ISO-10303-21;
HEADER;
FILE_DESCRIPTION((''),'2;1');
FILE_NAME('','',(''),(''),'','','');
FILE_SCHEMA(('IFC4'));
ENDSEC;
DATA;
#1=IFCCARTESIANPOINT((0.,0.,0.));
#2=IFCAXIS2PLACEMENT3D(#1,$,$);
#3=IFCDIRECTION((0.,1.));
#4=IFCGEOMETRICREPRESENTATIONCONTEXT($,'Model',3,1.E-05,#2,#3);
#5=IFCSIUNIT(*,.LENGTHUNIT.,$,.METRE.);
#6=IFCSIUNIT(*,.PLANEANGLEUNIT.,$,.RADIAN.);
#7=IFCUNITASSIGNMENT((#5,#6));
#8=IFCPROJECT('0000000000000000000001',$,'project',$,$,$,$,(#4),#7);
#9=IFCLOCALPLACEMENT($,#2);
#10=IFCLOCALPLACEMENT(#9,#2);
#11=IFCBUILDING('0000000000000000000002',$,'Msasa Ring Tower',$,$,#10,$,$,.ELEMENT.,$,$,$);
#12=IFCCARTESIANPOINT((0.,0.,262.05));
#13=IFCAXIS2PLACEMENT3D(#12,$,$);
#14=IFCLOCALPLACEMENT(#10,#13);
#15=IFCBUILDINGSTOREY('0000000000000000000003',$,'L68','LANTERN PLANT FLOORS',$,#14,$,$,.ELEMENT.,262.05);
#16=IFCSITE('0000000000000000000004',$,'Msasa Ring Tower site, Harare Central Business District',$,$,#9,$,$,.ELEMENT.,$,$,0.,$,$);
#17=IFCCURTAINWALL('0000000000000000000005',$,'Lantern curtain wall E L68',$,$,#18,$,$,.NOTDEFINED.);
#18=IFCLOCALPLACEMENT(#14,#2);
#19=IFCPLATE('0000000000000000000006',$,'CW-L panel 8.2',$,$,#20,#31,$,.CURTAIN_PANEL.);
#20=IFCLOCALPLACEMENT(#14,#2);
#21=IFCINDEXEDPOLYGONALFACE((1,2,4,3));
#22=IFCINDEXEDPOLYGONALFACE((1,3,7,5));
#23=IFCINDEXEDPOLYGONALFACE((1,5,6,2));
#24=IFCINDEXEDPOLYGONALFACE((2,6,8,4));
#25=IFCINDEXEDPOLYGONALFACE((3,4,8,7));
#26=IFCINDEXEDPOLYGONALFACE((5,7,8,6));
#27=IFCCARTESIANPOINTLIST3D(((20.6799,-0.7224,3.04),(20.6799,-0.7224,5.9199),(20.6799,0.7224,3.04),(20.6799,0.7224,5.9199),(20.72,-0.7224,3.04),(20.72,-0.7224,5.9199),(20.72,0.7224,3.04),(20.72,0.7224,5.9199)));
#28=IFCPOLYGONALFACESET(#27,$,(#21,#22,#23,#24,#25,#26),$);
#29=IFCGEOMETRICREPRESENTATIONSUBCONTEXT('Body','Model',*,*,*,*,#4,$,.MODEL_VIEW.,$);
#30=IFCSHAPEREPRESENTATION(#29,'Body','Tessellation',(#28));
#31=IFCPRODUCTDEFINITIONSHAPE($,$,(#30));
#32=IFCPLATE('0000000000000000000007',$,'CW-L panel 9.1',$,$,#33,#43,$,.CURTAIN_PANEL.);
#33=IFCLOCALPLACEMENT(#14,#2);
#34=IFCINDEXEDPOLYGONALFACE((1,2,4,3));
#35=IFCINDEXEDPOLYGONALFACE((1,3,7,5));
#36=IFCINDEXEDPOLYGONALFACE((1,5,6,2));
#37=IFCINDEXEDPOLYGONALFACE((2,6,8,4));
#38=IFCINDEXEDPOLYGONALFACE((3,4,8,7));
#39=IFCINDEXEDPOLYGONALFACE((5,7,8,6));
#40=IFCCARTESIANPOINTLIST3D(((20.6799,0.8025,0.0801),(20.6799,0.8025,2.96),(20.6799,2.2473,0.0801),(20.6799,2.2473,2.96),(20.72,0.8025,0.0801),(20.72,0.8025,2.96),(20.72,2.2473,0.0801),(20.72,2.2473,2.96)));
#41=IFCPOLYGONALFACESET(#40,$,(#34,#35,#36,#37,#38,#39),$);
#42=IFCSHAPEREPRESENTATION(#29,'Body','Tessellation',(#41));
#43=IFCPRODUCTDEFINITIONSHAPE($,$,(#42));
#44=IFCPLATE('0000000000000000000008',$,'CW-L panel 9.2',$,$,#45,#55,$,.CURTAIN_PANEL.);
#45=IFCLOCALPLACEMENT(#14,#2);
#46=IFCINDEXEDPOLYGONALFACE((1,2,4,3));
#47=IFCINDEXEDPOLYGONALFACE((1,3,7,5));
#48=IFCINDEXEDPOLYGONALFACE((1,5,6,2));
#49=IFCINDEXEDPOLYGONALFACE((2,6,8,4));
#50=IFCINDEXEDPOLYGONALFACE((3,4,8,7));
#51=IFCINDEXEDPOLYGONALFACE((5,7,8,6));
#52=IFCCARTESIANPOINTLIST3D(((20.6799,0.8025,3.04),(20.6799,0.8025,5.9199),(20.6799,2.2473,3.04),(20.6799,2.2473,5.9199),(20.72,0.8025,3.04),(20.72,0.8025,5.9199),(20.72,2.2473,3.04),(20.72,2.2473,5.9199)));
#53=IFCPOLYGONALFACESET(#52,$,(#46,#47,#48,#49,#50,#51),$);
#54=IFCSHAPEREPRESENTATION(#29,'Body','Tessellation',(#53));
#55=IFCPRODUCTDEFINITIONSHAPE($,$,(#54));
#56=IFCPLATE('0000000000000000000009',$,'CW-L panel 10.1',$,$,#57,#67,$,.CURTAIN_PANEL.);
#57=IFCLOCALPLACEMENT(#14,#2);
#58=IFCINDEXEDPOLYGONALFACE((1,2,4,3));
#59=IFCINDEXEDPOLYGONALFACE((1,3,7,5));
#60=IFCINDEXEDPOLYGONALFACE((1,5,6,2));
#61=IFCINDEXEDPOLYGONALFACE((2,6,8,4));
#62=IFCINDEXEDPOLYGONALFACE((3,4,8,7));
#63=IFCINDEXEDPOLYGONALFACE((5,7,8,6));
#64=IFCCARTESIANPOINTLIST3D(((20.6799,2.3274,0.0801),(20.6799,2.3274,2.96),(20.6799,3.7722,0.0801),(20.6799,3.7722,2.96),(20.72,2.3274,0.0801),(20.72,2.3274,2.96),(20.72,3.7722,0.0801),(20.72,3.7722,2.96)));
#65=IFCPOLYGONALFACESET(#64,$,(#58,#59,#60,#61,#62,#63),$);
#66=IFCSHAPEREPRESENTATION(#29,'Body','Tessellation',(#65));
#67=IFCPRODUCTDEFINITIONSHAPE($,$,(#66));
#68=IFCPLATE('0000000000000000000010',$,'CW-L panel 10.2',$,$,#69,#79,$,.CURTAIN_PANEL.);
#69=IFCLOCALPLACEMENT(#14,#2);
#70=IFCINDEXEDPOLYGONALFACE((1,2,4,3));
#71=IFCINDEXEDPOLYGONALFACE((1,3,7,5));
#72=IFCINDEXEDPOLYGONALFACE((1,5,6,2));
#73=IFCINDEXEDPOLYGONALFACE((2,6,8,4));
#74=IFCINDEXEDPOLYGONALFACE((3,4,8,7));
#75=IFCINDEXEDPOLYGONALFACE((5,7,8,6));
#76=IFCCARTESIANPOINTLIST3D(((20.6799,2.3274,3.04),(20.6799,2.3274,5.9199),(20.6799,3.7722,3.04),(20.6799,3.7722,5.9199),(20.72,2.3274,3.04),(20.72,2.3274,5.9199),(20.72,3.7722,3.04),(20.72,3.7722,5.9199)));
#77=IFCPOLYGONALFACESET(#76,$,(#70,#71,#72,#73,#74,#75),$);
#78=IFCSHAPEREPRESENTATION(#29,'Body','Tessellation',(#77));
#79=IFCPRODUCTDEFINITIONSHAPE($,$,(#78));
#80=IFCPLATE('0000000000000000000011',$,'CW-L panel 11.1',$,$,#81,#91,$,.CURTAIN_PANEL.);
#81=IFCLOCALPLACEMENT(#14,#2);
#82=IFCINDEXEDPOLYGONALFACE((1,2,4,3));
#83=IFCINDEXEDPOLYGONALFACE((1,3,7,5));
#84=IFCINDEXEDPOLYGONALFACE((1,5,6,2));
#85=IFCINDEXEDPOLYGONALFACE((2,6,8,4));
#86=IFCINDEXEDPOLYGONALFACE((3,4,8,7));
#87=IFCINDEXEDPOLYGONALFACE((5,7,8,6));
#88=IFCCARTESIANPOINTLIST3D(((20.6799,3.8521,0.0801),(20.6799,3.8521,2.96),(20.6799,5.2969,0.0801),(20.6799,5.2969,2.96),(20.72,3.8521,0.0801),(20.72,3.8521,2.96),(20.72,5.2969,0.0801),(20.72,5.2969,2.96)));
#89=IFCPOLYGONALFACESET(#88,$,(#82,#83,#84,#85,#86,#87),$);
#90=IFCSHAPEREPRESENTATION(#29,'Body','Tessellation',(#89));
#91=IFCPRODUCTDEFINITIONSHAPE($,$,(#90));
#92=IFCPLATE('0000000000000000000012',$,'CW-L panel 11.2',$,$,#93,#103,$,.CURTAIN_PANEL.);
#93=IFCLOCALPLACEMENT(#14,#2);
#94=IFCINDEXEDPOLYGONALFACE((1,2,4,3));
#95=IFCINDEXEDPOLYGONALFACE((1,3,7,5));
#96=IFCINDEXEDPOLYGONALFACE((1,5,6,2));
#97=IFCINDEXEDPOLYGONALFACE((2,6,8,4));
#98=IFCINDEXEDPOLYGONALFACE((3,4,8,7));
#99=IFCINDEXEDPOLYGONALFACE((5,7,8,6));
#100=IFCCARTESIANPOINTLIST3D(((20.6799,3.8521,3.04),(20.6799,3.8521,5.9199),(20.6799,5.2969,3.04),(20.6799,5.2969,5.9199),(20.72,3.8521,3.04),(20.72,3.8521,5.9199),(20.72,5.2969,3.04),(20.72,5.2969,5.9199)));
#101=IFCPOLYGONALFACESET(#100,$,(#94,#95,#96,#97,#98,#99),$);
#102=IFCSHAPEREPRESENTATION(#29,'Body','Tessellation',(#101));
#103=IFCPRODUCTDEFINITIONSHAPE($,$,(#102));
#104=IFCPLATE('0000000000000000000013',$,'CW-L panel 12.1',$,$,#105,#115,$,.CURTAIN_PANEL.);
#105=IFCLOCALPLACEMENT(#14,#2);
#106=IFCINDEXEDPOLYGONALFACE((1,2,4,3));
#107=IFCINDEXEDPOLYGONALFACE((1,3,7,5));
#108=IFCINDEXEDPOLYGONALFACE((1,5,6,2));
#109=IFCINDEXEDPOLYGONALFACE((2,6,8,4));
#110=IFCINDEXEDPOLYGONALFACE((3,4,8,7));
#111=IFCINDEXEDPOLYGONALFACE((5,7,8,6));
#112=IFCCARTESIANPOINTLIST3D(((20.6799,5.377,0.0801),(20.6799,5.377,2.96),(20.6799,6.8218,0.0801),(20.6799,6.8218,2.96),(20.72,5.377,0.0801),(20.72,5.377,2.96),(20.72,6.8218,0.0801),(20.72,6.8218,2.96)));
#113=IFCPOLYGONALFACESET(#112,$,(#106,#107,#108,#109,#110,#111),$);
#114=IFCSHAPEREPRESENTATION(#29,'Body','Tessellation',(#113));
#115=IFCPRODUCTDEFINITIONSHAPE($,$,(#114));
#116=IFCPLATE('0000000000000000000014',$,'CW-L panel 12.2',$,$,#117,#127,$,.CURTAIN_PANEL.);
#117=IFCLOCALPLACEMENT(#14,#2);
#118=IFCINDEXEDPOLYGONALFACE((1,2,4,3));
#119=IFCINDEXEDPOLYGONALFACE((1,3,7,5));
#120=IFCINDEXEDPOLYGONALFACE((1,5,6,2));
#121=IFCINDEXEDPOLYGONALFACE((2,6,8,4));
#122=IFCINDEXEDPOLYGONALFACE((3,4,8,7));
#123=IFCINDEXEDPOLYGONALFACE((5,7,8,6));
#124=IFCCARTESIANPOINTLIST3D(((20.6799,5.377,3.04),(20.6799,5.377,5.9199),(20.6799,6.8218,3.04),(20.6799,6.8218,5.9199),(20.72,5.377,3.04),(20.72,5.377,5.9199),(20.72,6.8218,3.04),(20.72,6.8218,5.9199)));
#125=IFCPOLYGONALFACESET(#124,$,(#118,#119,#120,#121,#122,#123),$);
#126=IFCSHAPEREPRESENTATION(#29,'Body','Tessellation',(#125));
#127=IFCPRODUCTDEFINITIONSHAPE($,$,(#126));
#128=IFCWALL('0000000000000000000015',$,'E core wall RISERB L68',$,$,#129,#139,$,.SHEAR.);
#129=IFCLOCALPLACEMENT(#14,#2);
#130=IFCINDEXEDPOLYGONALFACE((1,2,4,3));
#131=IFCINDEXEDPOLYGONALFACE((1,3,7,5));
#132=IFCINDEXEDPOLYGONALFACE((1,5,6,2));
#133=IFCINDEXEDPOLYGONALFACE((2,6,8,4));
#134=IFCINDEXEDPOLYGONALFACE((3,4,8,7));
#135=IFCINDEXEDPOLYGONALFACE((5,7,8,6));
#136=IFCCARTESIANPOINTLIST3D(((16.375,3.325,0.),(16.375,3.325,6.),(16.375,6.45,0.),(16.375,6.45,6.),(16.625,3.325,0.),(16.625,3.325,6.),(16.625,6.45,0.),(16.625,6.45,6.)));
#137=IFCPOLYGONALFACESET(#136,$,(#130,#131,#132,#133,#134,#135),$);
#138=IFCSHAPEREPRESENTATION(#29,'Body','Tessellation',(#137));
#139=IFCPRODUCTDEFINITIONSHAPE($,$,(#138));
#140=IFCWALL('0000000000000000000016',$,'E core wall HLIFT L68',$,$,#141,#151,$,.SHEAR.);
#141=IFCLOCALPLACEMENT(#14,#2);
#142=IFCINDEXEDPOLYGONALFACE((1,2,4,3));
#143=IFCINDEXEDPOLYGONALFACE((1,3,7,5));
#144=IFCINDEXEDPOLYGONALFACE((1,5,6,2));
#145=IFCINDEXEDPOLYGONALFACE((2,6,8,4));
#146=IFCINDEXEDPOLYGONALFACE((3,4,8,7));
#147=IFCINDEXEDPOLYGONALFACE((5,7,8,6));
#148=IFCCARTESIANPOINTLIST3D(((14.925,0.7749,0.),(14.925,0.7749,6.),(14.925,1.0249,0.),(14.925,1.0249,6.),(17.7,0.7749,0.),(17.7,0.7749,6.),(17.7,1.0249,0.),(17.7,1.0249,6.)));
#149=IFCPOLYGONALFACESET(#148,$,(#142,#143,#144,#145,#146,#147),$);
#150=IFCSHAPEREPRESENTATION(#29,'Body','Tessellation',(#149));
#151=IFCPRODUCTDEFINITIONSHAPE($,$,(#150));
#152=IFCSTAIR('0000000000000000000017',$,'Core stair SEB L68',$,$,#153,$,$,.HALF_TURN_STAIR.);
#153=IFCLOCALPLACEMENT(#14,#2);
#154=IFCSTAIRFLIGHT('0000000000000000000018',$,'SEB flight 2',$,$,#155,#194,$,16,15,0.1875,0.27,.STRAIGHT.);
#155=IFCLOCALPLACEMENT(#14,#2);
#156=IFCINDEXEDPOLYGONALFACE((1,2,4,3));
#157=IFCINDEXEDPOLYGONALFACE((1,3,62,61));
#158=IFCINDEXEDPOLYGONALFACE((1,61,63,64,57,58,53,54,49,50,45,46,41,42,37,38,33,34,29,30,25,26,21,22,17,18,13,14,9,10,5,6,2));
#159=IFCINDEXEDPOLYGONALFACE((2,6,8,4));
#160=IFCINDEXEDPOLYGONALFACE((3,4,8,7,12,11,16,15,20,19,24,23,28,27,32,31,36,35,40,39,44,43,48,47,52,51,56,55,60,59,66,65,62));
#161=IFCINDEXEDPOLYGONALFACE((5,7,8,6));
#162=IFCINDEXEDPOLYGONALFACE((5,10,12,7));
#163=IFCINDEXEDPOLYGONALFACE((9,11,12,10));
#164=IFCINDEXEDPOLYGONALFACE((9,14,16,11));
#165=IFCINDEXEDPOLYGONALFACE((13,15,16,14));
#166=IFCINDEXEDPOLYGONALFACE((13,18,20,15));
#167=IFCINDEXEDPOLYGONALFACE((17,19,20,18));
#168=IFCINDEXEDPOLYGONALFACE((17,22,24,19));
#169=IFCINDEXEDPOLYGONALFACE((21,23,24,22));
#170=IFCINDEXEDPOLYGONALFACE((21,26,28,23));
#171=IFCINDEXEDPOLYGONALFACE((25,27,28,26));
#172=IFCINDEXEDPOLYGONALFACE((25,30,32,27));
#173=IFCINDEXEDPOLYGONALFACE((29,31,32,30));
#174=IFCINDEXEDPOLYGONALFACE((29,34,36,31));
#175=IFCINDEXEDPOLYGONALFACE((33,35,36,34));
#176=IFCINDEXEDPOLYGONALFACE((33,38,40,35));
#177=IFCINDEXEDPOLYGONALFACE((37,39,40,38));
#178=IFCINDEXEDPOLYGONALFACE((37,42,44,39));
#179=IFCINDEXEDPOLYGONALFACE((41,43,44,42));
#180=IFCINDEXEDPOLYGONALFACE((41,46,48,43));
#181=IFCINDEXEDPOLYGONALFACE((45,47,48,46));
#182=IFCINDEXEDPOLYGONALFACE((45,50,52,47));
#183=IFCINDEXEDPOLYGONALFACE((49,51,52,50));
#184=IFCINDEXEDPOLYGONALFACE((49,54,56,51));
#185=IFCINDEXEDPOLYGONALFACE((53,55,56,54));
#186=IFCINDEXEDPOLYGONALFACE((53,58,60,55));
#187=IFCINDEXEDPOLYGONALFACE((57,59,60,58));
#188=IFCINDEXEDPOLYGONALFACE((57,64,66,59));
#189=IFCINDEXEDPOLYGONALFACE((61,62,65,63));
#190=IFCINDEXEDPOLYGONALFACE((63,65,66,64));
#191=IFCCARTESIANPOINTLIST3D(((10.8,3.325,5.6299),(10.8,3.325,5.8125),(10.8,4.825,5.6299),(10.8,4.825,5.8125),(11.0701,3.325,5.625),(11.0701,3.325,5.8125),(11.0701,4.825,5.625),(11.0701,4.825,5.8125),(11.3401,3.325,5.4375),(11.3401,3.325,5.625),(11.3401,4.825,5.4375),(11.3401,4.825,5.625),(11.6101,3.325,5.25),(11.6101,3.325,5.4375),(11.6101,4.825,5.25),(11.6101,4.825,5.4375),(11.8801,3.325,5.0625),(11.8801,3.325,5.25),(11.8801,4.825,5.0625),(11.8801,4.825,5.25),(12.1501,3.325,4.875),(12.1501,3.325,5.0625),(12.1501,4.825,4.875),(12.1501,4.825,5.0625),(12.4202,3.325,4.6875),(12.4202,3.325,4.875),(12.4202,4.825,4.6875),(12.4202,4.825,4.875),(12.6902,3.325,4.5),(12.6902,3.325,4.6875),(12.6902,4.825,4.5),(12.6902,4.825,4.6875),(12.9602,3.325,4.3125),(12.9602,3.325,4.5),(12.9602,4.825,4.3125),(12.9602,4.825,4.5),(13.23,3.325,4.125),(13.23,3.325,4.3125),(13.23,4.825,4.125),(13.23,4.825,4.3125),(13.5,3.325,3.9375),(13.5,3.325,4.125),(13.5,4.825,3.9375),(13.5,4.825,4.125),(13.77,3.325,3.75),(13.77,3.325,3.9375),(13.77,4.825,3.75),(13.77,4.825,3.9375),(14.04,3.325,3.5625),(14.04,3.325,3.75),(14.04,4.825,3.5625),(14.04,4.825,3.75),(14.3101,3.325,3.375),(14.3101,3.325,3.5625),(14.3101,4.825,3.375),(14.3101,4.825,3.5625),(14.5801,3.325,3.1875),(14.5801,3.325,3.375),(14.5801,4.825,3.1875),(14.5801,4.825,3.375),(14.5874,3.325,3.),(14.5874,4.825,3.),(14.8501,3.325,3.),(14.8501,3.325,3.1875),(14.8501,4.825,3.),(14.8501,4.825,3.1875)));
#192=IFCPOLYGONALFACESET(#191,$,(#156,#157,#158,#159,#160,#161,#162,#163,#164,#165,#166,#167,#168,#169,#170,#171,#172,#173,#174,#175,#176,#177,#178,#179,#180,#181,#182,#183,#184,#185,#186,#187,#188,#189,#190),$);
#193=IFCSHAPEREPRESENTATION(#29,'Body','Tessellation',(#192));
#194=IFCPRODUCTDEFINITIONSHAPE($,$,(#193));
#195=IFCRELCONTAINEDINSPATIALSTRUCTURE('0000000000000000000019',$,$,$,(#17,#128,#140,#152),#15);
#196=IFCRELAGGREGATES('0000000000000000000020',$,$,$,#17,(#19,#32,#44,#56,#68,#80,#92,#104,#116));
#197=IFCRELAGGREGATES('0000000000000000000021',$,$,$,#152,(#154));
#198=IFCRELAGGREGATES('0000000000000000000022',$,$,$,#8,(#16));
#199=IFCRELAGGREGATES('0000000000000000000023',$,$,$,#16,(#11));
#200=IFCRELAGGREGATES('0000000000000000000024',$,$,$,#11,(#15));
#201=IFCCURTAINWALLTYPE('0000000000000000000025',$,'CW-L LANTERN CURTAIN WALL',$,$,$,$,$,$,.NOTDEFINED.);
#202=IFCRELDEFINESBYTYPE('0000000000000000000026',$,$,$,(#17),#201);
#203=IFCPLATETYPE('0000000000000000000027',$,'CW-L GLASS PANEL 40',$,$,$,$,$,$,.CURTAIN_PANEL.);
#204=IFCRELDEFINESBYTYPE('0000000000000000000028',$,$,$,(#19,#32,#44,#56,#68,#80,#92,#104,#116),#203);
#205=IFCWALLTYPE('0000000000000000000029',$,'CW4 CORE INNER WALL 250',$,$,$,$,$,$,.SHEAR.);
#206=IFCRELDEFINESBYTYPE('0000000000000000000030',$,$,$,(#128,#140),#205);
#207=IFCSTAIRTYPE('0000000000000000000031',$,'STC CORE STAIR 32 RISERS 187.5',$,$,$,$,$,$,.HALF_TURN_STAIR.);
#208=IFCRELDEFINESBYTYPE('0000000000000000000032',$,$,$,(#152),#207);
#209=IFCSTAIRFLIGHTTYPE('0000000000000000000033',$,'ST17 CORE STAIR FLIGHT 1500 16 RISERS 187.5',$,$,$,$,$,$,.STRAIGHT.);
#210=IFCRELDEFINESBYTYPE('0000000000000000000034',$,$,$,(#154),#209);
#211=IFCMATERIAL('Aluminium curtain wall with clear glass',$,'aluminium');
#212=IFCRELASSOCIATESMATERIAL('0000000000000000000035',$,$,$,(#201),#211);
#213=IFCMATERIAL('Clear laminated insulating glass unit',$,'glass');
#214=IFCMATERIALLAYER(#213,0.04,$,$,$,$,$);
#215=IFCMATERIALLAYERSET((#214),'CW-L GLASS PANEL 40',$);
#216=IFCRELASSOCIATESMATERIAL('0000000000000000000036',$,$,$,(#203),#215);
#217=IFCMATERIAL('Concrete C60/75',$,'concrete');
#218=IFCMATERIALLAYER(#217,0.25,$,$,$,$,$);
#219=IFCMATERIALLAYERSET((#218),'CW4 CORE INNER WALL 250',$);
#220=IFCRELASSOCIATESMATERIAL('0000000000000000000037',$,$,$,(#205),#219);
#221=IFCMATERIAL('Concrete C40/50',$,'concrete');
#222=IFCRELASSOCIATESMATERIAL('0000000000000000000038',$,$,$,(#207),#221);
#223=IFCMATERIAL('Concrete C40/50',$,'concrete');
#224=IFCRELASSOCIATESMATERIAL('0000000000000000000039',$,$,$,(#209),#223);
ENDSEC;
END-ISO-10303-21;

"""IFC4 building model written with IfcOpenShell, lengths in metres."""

from ifc_helpers import new_model, si_unit, direction, frame, frame_2d, origin, origin_2d, place, context, subcontext, project, spatial, polyline, rectangle, outline, extrude, material, layer, layer_set, type_object, element, aggregate, save


model = new_model("IFC4")

# Units and contexts
model_context = context("Model", 3, precision=1e-05, world=origin(), true_north=direction((0.0, 1.0)))
body_context = subcontext(model_context, "Body", "Model", "MODEL_VIEW")
ifc_project = project(units=[si_unit("LENGTHUNIT", "METRE"), si_unit("PLANEANGLEUNIT", "RADIAN")], contexts=[model_context])

# Site, building, storey
site_placement = place(None, origin())
site = spatial("IfcSite", under=ifc_project, at=site_placement, Name="Msasa Ring Tower site, Harare Central Business District", CompositionType="ELEMENT", RefElevation=0.0)
building_placement = place(site_placement, origin())
building = spatial("IfcBuilding", under=site, at=building_placement, Name="Msasa Ring Tower", CompositionType="ELEMENT")
storey_placement = place(building_placement, frame((0.0, 0.0, 262.05)))
storey = spatial("IfcBuildingStorey", under=building, at=storey_placement, Name="L68", Description="LANTERN PLANT FLOORS", CompositionType="ELEMENT", Elevation=262.05)

# Curtain wall
ifc_material_1 = material(Name="Aluminium curtain wall with clear glass", Category="aluminium")
curtain_wall_type = type_object("IfcCurtainWallType", Name="CW-L LANTERN CURTAIN WALL", PredefinedType="NOTDEFINED", material=ifc_material_1)
curtain_wall_placement = place(storey_placement, origin())
curtain_wall = element("IfcCurtainWall", 1, at=curtain_wall_placement, inside=storey, type_object=curtain_wall_type, Name="Lantern curtain wall E L68", PredefinedType="NOTDEFINED")

# Plates
ifc_material_2 = material(Name="Clear laminated insulating glass unit", Category="glass")
ifc_layer_1 = layer(ifc_material_2, 0.04)
ifc_layer_set_1 = layer_set([ifc_layer_1], Name="CW-L GLASS PANEL 40")
plate_type = type_object("IfcPlateType", Name="CW-L GLASS PANEL 40", PredefinedType="CURTAIN_PANEL", material=ifc_layer_set_1)
plate_1_placement = place(storey_placement, frame((20.7, 0.0, 3.04), z_axis=(0.0, 0.0, 1.0), x_axis=(0.0, 1.0, 0.0)))
plate_1 = element("IfcPlate", 2, at=plate_1_placement, type_object=plate_type, Name="CW-L panel 8.2", PredefinedType="CURTAIN_PANEL", context=body_context, shape_type="SweptSolid", body=[
    extrude(rectangle(XDim=1.4448, YDim=0.04, at=origin_2d()), origin(), (0.0, 0.0, 1.0), 2.8799),
])
plate_2_placement = place(storey_placement, frame((20.7, 1.5249, 0.0801), z_axis=(0.0, 0.0, 1.0), x_axis=(0.0, 1.0, 0.0)))
plate_2 = element("IfcPlate", 3, at=plate_2_placement, type_object=plate_type, Name="CW-L panel 9.1", PredefinedType="CURTAIN_PANEL", context=body_context, shape_type="SweptSolid", body=[
    extrude(rectangle(XDim=1.4448, YDim=0.04, at=origin_2d()), origin(), (0.0, 0.0, 1.0), 2.8799),
])
plate_3_placement = place(storey_placement, frame((20.7, 1.5249, 3.04), z_axis=(0.0, 0.0, 1.0), x_axis=(0.0, 1.0, 0.0)))
plate_3 = element("IfcPlate", 4, at=plate_3_placement, type_object=plate_type, Name="CW-L panel 9.2", PredefinedType="CURTAIN_PANEL", context=body_context, shape_type="SweptSolid", body=[
    extrude(rectangle(XDim=1.4448, YDim=0.04, at=origin_2d()), origin(), (0.0, 0.0, 1.0), 2.8799),
])
plate_4_placement = place(storey_placement, frame((20.7, 3.0498, 0.0801), z_axis=(0.0, 0.0, 1.0), x_axis=(0.0, 1.0, 0.0)))
plate_4 = element("IfcPlate", 5, at=plate_4_placement, type_object=plate_type, Name="CW-L panel 10.1", PredefinedType="CURTAIN_PANEL", context=body_context, shape_type="SweptSolid", body=[
    extrude(rectangle(XDim=1.4448, YDim=0.04, at=origin_2d()), origin(), (0.0, 0.0, 1.0), 2.8799),
])
plate_5_placement = place(storey_placement, frame((20.7, 3.0498, 3.04), z_axis=(0.0, 0.0, 1.0), x_axis=(0.0, 1.0, 0.0)))
plate_5 = element("IfcPlate", 6, at=plate_5_placement, type_object=plate_type, Name="CW-L panel 10.2", PredefinedType="CURTAIN_PANEL", context=body_context, shape_type="SweptSolid", body=[
    extrude(rectangle(XDim=1.4448, YDim=0.04, at=origin_2d()), origin(), (0.0, 0.0, 1.0), 2.8799),
])
plate_6_placement = place(storey_placement, frame((20.7, 4.5745, 0.0801), z_axis=(0.0, 0.0, 1.0), x_axis=(0.0, 1.0, 0.0)))
plate_6 = element("IfcPlate", 7, at=plate_6_placement, type_object=plate_type, Name="CW-L panel 11.1", PredefinedType="CURTAIN_PANEL", context=body_context, shape_type="SweptSolid", body=[
    extrude(rectangle(XDim=1.4448, YDim=0.04, at=origin_2d()), origin(), (0.0, 0.0, 1.0), 2.8799),
])
plate_7_placement = place(storey_placement, frame((20.7, 4.5745, 3.04), z_axis=(0.0, 0.0, 1.0), x_axis=(0.0, 1.0, 0.0)))
plate_7 = element("IfcPlate", 8, at=plate_7_placement, type_object=plate_type, Name="CW-L panel 11.2", PredefinedType="CURTAIN_PANEL", context=body_context, shape_type="SweptSolid", body=[
    extrude(rectangle(XDim=1.4448, YDim=0.04, at=origin_2d()), origin(), (0.0, 0.0, 1.0), 2.8799),
])
plate_8_placement = place(storey_placement, frame((20.7, 6.0994, 0.0801), z_axis=(0.0, 0.0, 1.0), x_axis=(0.0, 1.0, 0.0)))
plate_8 = element("IfcPlate", 9, at=plate_8_placement, type_object=plate_type, Name="CW-L panel 12.1", PredefinedType="CURTAIN_PANEL", context=body_context, shape_type="SweptSolid", body=[
    extrude(rectangle(XDim=1.4448, YDim=0.04, at=origin_2d()), origin(), (0.0, 0.0, 1.0), 2.8799),
])
plate_9_placement = place(storey_placement, frame((20.7, 6.0994, 3.04), z_axis=(0.0, 0.0, 1.0), x_axis=(0.0, 1.0, 0.0)))
plate_9 = element("IfcPlate", 10, at=plate_9_placement, type_object=plate_type, Name="CW-L panel 12.2", PredefinedType="CURTAIN_PANEL", context=body_context, shape_type="SweptSolid", body=[
    extrude(rectangle(XDim=1.4448, YDim=0.04, at=origin_2d()), origin(), (0.0, 0.0, 1.0), 2.8799),
])
aggregate(curtain_wall, [plate_1, plate_2, plate_3, plate_4, plate_5, plate_6, plate_7, plate_8, plate_9])

# Walls
ifc_material_3 = material(Name="Concrete C60/75", Category="concrete")
ifc_layer_2 = layer(ifc_material_3, 0.25)
ifc_layer_set_2 = layer_set([ifc_layer_2], Name="CW4 CORE INNER WALL 250")
wall_type = type_object("IfcWallType", Name="CW4 CORE INNER WALL 250", PredefinedType="SHEAR", material=ifc_layer_set_2)
wall_1_placement = place(storey_placement, frame((16.5, 3.325, 0.0), z_axis=(0.0, 0.0, 1.0), x_axis=(0.0, 1.0, 0.0)))
element("IfcWall", 11, at=wall_1_placement, inside=storey, type_object=wall_type, Name="E core wall RISERB L68", PredefinedType="SHEAR", context=body_context, shape_type="SweptSolid", body=[
    extrude(rectangle(XDim=3.125, YDim=0.25, at=frame_2d((1.5625, 0.0))), origin(), (0.0, 0.0, 1.0), 6.0),
])
wall_2_placement = place(storey_placement, frame((14.925, 0.8999, 0.0), z_axis=(0.0, 0.0, 1.0), x_axis=(1.0, 0.0, 0.0)))
element("IfcWall", 12, at=wall_2_placement, inside=storey, type_object=wall_type, Name="E core wall HLIFT L68", PredefinedType="SHEAR", context=body_context, shape_type="SweptSolid", body=[
    extrude(rectangle(XDim=2.7749, YDim=0.25, at=frame_2d((1.3875, 0.0))), origin(), (0.0, 0.0, 1.0), 6.0),
])

# Stair, stair flight
ifc_material_4 = material(Name="Concrete C40/50", Category="concrete")
stair_type = type_object("IfcStairType", Name="STC CORE STAIR 32 RISERS 187.5", PredefinedType="HALF_TURN_STAIR", material=ifc_material_4)
stair_placement = place(storey_placement, origin())
stair = element("IfcStair", 13, at=stair_placement, inside=storey, type_object=stair_type, Name="Core stair SEB L68", PredefinedType="HALF_TURN_STAIR")
ifc_material_5 = material(Name="Concrete C40/50", Category="concrete")
stair_flight_type = type_object("IfcStairFlightType", Name="ST17 CORE STAIR FLIGHT 1500 16 RISERS 187.5", PredefinedType="STRAIGHT", material=ifc_material_5)
stair_flight_placement = place(storey_placement, frame((14.8501, 4.075, 3.0), z_axis=(0.0, 0.0, 1.0), x_axis=(-1.0, 0.0, 0.0)))
stair_flight = element("IfcStairFlight", 14, at=stair_flight_placement, type_object=stair_flight_type, Name="SEB flight 2", NumberOfRisers=16, NumberOfTreads=15, PredefinedType="STRAIGHT", RiserHeight=0.1875, TreadLength=0.27, context=body_context, shape_type="SweptSolid", body=[
    extrude(outline(polyline([(0.0, 0.0), (0.0, 0.1875), (0.27, 0.1875), (0.27, 0.375), (0.54, 0.375), (0.54, 0.5625), (0.8101, 0.5625), (0.8101, 0.75), (1.0801, 0.75), (1.0801, 0.9375), (1.3501, 0.9375), (1.3501, 1.125), (1.6201, 1.125), (1.6201, 1.3125), (1.8899, 1.3125), (1.8899, 1.5), (2.1599, 1.5), (2.1599, 1.6875), (2.4299, 1.6875), (2.4299, 1.875), (2.7, 1.875), (2.7, 2.0625), (2.97, 2.0625), (2.97, 2.25), (3.24, 2.25), (3.24, 2.4375), (3.51, 2.4375), (3.51, 2.625), (3.78, 2.625), (3.78, 2.8125), (4.05, 2.8125), (4.05, 3.0), (4.05, 2.6299), (0.2627, 0.0), (0.0, 0.0)])), frame((0.0, 0.75, 0.0), z_axis=(0.0, -1.0, 0.0), x_axis=(1.0, 0.0, 0.0)), (0.0, 0.0, 1.0), 1.5),
])
aggregate(stair, [stair_flight])

save(model, "model.ifc")
